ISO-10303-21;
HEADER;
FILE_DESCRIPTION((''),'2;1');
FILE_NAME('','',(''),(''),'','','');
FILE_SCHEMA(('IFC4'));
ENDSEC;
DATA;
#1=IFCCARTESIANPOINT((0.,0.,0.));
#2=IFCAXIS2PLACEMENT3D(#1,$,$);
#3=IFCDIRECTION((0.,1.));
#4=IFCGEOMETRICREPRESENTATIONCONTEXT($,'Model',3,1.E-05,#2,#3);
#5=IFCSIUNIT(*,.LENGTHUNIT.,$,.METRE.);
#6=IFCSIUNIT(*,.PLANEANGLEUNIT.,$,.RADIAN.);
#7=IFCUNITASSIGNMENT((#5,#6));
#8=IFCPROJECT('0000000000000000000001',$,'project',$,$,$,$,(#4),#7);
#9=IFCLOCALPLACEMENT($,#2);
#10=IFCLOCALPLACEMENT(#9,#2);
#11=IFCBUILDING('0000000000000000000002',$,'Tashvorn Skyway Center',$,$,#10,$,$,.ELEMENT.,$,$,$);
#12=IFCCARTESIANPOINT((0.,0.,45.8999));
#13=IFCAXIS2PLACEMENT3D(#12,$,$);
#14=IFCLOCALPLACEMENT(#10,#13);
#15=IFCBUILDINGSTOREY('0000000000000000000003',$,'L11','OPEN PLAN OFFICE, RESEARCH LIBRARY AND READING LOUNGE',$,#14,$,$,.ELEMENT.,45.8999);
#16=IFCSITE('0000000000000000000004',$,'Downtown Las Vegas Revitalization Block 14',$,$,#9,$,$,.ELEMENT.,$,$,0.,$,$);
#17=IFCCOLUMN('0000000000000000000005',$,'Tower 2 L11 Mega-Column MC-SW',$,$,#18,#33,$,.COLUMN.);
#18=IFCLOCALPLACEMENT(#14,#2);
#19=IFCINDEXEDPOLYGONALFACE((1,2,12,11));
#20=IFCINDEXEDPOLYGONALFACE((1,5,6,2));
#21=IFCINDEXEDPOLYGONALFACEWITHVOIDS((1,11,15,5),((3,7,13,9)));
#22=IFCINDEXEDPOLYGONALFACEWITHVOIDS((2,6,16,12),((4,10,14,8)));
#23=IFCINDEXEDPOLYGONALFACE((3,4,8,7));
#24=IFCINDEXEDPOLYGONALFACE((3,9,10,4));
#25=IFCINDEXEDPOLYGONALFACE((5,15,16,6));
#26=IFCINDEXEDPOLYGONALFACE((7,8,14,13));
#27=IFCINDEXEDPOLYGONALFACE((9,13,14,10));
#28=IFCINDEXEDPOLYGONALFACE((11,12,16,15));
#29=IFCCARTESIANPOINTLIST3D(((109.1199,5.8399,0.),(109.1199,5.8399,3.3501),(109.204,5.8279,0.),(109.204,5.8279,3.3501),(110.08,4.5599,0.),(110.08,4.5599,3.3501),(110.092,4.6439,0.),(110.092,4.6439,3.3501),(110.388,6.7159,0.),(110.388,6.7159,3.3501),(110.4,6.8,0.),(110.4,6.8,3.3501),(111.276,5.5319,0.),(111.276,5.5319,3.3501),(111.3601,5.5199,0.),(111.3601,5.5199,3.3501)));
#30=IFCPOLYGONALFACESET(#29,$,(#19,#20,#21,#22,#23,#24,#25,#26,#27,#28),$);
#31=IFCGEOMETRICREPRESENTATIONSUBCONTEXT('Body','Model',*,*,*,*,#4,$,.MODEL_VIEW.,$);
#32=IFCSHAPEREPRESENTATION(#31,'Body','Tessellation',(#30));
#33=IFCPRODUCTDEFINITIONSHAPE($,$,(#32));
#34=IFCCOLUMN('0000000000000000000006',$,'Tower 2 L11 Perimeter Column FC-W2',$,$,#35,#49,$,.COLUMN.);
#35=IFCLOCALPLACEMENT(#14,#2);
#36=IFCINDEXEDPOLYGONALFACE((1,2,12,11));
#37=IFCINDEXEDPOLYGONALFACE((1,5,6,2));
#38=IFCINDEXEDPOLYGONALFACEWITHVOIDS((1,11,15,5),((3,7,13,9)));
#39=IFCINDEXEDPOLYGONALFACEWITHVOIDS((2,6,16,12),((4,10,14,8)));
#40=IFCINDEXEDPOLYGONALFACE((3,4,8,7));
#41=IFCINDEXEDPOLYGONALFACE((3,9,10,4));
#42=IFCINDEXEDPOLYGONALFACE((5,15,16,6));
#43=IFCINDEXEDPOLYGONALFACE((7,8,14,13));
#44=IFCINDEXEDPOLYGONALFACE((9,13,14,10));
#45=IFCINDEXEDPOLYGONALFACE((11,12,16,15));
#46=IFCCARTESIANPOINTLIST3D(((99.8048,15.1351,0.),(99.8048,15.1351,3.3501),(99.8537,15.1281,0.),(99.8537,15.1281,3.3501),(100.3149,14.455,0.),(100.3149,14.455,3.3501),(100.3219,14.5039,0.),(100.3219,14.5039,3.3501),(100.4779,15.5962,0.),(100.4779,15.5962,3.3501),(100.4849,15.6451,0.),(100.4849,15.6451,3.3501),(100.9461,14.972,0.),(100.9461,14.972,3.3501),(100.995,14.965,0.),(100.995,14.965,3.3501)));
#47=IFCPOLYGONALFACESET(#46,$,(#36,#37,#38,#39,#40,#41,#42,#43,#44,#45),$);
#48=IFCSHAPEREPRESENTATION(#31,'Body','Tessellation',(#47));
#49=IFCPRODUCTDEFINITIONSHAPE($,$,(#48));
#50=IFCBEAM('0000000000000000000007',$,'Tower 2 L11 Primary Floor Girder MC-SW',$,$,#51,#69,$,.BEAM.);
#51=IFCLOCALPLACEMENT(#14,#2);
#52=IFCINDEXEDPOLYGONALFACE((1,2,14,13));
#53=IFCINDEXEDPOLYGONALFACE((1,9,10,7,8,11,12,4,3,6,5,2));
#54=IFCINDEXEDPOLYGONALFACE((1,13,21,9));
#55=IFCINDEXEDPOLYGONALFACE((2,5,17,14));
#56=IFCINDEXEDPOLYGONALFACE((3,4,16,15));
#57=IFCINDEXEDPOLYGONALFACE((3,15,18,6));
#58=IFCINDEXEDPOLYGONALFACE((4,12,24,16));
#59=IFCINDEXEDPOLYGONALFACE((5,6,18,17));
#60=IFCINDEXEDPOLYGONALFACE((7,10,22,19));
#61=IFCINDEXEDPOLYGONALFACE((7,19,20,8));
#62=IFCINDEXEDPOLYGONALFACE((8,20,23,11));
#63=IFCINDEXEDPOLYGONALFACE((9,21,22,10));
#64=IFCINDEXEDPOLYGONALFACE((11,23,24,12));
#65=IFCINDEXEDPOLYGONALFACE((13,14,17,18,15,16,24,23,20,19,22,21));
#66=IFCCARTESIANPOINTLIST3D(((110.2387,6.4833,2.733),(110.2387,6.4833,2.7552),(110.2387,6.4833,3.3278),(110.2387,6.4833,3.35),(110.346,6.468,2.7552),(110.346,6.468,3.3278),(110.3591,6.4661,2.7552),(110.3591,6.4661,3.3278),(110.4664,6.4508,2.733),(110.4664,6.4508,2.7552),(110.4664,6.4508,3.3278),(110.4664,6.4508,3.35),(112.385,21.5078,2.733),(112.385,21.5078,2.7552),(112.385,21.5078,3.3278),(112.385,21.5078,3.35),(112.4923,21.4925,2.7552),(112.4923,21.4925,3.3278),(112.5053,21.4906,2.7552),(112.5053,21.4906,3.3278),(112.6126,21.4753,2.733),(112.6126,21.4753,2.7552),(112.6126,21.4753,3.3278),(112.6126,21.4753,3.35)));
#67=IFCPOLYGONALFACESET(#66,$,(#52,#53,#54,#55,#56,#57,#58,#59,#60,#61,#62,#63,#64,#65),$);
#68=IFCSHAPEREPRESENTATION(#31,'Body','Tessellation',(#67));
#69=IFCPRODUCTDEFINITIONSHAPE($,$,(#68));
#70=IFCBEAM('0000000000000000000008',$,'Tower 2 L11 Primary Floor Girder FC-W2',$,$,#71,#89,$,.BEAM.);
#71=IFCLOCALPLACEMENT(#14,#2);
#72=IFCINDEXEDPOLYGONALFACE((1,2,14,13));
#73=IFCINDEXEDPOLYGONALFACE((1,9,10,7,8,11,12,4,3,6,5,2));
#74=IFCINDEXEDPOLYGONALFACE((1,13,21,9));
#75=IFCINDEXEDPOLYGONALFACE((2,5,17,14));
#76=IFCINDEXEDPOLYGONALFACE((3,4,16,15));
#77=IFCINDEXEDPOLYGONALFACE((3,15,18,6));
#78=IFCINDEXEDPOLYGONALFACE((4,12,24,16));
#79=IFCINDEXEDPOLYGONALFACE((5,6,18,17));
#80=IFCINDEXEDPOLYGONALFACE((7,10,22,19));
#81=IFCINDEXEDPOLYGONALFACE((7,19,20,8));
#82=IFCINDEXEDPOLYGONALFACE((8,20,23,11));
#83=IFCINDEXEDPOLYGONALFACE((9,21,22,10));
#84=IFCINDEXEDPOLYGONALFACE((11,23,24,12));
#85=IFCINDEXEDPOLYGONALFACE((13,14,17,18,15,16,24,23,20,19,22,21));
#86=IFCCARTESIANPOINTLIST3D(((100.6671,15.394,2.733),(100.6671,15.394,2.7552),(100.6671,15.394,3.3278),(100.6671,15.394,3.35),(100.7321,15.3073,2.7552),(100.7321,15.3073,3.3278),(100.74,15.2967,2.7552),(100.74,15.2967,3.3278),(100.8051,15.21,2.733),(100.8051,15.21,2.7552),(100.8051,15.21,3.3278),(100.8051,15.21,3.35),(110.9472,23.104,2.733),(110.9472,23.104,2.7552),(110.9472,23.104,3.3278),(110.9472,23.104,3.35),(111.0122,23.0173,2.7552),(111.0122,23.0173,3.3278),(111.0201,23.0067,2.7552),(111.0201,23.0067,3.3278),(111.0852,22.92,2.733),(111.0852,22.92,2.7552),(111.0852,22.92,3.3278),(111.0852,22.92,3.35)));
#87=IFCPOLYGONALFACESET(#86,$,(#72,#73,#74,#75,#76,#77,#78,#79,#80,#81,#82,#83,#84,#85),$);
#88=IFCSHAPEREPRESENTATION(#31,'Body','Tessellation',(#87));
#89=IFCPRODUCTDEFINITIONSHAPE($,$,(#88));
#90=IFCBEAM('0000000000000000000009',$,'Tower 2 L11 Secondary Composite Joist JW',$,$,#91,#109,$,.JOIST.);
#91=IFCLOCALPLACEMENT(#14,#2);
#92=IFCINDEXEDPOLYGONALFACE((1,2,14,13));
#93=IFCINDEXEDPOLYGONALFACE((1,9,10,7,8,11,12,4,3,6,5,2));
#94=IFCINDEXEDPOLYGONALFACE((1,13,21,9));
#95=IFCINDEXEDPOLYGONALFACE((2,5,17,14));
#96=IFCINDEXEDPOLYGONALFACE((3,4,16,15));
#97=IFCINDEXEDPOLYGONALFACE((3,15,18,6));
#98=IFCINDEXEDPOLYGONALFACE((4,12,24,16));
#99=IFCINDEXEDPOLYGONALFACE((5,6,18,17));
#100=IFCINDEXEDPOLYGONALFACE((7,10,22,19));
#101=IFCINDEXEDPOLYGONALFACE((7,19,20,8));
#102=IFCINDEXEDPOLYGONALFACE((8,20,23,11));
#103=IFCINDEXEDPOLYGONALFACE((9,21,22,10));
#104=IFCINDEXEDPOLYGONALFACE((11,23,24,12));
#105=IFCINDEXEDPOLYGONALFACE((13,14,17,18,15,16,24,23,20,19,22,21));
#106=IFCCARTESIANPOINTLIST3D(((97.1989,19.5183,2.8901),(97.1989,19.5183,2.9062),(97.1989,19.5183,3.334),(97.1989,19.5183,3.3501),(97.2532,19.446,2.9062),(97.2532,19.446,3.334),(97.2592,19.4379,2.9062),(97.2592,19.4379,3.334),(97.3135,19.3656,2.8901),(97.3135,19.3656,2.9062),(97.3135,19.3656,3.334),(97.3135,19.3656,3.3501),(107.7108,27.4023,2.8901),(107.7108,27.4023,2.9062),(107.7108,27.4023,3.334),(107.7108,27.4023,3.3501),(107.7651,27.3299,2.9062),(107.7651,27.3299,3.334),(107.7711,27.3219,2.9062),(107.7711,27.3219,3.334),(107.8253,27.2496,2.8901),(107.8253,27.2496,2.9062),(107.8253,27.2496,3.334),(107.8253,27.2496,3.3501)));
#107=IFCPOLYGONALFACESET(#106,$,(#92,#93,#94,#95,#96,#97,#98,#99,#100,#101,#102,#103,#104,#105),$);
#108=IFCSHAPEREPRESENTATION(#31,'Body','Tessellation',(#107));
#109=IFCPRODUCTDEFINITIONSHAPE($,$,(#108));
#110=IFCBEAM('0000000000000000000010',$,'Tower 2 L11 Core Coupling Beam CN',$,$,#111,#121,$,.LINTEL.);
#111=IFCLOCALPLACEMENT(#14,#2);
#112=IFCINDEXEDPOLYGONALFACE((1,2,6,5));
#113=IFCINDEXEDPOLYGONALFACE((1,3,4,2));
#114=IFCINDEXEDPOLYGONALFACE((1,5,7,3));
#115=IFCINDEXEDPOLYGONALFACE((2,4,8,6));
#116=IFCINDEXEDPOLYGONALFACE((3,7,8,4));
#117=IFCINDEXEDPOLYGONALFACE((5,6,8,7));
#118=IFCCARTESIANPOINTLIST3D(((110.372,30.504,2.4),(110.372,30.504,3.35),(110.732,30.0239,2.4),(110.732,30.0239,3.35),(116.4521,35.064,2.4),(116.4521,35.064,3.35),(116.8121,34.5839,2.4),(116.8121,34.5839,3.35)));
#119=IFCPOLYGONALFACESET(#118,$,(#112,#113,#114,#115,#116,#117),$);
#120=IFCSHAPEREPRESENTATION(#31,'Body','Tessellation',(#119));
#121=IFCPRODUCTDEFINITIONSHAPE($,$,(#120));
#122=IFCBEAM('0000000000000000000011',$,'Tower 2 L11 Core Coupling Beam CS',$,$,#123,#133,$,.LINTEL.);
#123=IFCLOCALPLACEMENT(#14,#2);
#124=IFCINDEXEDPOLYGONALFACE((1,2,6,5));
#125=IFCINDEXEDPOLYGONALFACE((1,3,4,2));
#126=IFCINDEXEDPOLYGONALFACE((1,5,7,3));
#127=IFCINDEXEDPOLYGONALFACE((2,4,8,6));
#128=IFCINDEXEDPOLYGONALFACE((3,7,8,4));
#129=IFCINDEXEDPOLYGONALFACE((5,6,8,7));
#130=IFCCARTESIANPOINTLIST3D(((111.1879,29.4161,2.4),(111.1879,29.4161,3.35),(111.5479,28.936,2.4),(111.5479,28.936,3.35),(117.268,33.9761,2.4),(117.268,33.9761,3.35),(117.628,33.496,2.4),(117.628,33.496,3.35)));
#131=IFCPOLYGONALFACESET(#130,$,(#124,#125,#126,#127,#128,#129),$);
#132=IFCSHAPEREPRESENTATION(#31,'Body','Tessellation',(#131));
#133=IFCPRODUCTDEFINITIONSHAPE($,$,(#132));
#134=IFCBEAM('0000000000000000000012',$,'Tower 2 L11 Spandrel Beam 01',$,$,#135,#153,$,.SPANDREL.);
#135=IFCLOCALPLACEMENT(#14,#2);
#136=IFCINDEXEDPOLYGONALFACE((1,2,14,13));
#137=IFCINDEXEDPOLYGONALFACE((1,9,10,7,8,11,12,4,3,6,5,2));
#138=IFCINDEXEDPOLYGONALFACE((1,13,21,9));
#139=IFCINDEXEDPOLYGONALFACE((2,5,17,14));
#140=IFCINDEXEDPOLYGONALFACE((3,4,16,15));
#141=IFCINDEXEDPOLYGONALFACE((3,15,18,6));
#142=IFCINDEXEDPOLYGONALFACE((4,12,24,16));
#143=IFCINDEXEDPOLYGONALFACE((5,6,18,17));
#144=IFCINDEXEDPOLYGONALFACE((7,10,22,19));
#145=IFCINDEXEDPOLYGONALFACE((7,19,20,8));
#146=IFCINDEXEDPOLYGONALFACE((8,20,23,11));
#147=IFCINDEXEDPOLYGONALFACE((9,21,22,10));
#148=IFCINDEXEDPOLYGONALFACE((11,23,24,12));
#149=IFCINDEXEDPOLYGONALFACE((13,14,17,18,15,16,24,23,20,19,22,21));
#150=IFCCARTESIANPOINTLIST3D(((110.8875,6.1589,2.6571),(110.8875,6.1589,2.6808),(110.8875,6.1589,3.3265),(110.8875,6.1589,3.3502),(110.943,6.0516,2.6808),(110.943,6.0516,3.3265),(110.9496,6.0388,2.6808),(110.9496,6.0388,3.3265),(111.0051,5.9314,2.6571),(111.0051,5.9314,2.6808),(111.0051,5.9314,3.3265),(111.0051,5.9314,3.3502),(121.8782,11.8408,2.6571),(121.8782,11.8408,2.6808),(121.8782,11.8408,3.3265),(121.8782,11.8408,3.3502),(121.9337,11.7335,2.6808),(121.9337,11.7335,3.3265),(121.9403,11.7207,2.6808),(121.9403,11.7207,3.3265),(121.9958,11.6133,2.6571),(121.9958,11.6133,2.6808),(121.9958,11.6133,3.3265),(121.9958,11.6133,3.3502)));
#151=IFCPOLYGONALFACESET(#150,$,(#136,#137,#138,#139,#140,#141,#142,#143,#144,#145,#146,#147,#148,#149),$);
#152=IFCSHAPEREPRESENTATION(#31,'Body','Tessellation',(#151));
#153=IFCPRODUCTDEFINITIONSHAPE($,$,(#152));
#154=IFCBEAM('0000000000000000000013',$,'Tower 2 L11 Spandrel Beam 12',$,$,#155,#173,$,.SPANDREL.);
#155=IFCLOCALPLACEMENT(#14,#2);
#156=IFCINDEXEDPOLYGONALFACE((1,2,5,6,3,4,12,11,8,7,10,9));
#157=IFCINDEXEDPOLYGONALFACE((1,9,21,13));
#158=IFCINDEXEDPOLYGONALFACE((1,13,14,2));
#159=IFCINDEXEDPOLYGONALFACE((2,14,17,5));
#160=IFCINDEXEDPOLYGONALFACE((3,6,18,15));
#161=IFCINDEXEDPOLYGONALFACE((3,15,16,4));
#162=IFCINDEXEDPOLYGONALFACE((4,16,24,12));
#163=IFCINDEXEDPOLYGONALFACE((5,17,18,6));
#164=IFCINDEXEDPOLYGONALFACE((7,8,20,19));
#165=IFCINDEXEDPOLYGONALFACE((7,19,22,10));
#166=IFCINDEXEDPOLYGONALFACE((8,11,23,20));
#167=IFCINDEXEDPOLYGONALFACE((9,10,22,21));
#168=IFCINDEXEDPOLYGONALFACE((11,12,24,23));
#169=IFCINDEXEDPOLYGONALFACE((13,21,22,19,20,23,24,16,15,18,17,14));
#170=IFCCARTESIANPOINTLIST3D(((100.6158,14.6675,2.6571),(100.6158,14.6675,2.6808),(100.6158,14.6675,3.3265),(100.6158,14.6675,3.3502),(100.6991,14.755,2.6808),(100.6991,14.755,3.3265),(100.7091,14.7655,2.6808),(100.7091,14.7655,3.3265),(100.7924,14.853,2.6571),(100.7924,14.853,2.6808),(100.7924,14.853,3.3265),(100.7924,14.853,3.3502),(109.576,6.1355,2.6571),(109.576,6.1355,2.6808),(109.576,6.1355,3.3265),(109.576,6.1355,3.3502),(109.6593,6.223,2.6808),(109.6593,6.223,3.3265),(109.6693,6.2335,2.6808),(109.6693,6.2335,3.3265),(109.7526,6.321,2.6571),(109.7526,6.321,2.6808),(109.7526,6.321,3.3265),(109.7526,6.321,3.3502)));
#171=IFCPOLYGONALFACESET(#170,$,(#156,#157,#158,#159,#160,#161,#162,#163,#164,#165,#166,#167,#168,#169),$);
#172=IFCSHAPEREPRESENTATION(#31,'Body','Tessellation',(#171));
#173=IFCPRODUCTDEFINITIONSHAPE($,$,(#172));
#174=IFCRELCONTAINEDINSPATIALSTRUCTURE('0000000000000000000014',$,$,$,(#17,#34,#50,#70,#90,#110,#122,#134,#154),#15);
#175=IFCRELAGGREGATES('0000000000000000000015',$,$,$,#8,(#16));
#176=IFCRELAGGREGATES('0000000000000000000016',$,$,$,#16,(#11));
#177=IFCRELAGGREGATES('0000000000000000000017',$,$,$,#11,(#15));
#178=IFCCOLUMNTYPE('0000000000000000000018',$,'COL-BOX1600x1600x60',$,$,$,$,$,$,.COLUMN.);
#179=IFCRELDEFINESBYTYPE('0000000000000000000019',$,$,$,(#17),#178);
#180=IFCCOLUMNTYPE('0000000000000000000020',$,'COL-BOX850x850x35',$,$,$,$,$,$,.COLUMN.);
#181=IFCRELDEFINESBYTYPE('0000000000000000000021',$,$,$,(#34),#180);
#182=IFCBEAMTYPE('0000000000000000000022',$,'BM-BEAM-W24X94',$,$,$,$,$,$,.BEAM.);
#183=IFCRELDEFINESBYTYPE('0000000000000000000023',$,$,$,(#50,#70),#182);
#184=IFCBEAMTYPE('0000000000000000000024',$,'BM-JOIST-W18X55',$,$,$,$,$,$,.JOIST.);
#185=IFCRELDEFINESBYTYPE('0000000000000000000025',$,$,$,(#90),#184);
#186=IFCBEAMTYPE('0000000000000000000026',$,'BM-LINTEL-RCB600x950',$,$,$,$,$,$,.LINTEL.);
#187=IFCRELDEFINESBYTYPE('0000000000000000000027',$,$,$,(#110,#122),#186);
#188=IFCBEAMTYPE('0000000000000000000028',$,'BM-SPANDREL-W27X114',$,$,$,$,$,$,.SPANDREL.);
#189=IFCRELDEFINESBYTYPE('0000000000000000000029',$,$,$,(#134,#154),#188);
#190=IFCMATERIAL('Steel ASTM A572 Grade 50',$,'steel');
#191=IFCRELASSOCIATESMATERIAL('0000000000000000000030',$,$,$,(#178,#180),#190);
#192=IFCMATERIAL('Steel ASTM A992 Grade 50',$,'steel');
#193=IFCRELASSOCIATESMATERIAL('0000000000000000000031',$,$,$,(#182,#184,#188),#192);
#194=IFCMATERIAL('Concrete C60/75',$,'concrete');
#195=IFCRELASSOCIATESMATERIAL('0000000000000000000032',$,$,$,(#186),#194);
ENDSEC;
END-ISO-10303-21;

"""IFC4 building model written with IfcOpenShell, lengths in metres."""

from ifc_helpers import new_model, si_unit, direction, frame, origin, origin_2d, place, context, subcontext, project, spatial, rectangle, hollow_rectangle, i_section, extrude, material, material_profile, profile_set, type_object, element, save


model = new_model("IFC4")

# Units and contexts
model_context = context("Model", 3, precision=1e-05, world=origin(), true_north=direction((0.0, 1.0)))
body_context = subcontext(model_context, "Body", "Model", "MODEL_VIEW")
ifc_project = project(units=[si_unit("LENGTHUNIT", "METRE"), si_unit("PLANEANGLEUNIT", "RADIAN")], contexts=[model_context])

# Site, building, storey
site_placement = place(None, origin())
site = spatial("IfcSite", under=ifc_project, at=site_placement, Name="Downtown Las Vegas Revitalization Block 14", CompositionType="ELEMENT", RefElevation=0.0)
building_placement = place(site_placement, origin())
building = spatial("IfcBuilding", under=site, at=building_placement, Name="Tashvorn Skyway Center", CompositionType="ELEMENT")
storey_placement = place(building_placement, frame((0.0, 0.0, 45.8999)))
storey = spatial("IfcBuildingStorey", under=building, at=storey_placement, Name="L11", Description="OPEN PLAN OFFICE, RESEARCH LIBRARY AND READING LOUNGE", CompositionType="ELEMENT", Elevation=45.8999)

# Columns
ifc_material_1 = material(Name="Steel ASTM A572 Grade 50", Category="steel")
ifc_material_profile_1 = material_profile(ifc_material_1, hollow_rectangle(XDim=1.6001, YDim=1.6001, WallThickness=0.0601, at=origin_2d()), Name="BOX1600x1600x60")
ifc_profile_set_1 = profile_set([ifc_material_profile_1], Name="Steel ASTM A572 Grade 50")
column_type_1 = type_object("IfcColumnType", Name="COL-BOX1600x1600x60", PredefinedType="COLUMN", material=ifc_profile_set_1)
column_1_placement = place(storey_placement, frame((110.24, 5.6799, 0.0), z_axis=(0.0, 0.0, 1.0), x_axis=(0.8, 0.6, 0.0)))
element("IfcColumn", 1, at=column_1_placement, inside=storey, type_object=column_type_1, Name="Tower 2 L11 Mega-Column MC-SW", PredefinedType="COLUMN", context=body_context, shape_type="SweptSolid", body=[
    extrude(hollow_rectangle(XDim=1.6001, YDim=1.6001, WallThickness=0.0601, at=origin_2d()), origin(), (0.0, 0.0, 1.0), 3.3501),
])
ifc_material_profile_2 = material_profile(ifc_material_1, hollow_rectangle(XDim=0.8501, YDim=0.8501, WallThickness=0.0349, at=origin_2d()), Name="BOX850x850x35")
ifc_profile_set_2 = profile_set([ifc_material_profile_2], Name="Steel ASTM A572 Grade 50")
column_type_2 = type_object("IfcColumnType", Name="COL-BOX850x850x35", PredefinedType="COLUMN", material=ifc_profile_set_2)
column_2_placement = place(storey_placement, frame((100.3999, 15.05, 0.0), z_axis=(0.0, 0.0, 1.0), x_axis=(0.8, 0.6, 0.0)))
element("IfcColumn", 2, at=column_2_placement, inside=storey, type_object=column_type_2, Name="Tower 2 L11 Perimeter Column FC-W2", PredefinedType="COLUMN", context=body_context, shape_type="SweptSolid", body=[
    extrude(hollow_rectangle(XDim=0.8501, YDim=0.8501, WallThickness=0.0349, at=origin_2d()), origin(), (0.0, 0.0, 1.0), 3.3501),
])

# Beams
ifc_material_2 = material(Name="Steel ASTM A992 Grade 50", Category="steel")
ifc_material_profile_3 = material_profile(ifc_material_2, i_section(OverallWidth=0.23, OverallDepth=0.6169, WebThickness=0.0132, FlangeThickness=0.0222, at=origin_2d()), Name="W24X94")
ifc_profile_set_3 = profile_set([ifc_material_profile_3], Name="Steel ASTM A992 Grade 50")
beam_type_1 = type_object("IfcBeamType", Name="BM-BEAM-W24X94", PredefinedType="BEAM", material=ifc_profile_set_3)
beam_1_placement = place(storey_placement, frame((110.3525, 6.467, 3.0415), z_axis=(0.141415, 0.98995, 0.0), x_axis=(-0.98995, 0.141415, 0.0)))
element("IfcBeam", 3, at=beam_1_placement, inside=storey, type_object=beam_type_1, Name="Tower 2 L11 Primary Floor Girder MC-SW", PredefinedType="BEAM", context=body_context, shape_type="SweptSolid", body=[
    extrude(i_section(OverallWidth=0.23, OverallDepth=0.6169, WebThickness=0.0132, FlangeThickness=0.0222, at=origin_2d()), origin(), (0.0, 0.0, 1.0), 15.177),
])
beam_2_placement = place(storey_placement, frame((100.7361, 15.302, 3.0415), z_axis=(0.800002, 0.599997, 0.0), x_axis=(-0.599997, 0.800002, 0.0)))
element("IfcBeam", 4, at=beam_2_placement, inside=storey, type_object=beam_type_1, Name="Tower 2 L11 Primary Floor Girder FC-W2", PredefinedType="BEAM", context=body_context, shape_type="SweptSolid", body=[
    extrude(i_section(OverallWidth=0.23, OverallDepth=0.6169, WebThickness=0.0132, FlangeThickness=0.0222, at=origin_2d()), origin(), (0.0, 0.0, 1.0), 12.8501),
])
ifc_material_profile_4 = material_profile(ifc_material_2, i_section(OverallWidth=0.1909, OverallDepth=0.46, WebThickness=0.01, FlangeThickness=0.0161, at=origin_2d()), Name="W18X55")
ifc_profile_set_4 = profile_set([ifc_material_profile_4], Name="Steel ASTM A992 Grade 50")
beam_type_2 = type_object("IfcBeamType", Name="BM-JOIST-W18X55", PredefinedType="JOIST", material=ifc_profile_set_4)
beam_3_placement = place(storey_placement, frame((107.7681, 27.3259, 3.1201), z_axis=(-0.799998, -0.600003, 0.0), x_axis=(0.600003, -0.799998, 0.0)))
element("IfcBeam", 5, at=beam_3_placement, inside=storey, type_object=beam_type_2, Name="Tower 2 L11 Secondary Composite Joist JW", PredefinedType="JOIST", context=body_context, shape_type="SweptSolid", body=[
    extrude(i_section(OverallWidth=0.1909, OverallDepth=0.46, WebThickness=0.01, FlangeThickness=0.0161, at=origin_2d()), origin(), (0.0, 0.0, 1.0), 13.1399),
])
ifc_material_3 = material(Name="Concrete C60/75", Category="concrete")
ifc_material_profile_5 = material_profile(ifc_material_3, rectangle(XDim=0.6001, YDim=0.95, at=origin_2d()), Name="RCB600x950")
ifc_profile_set_5 = profile_set([ifc_material_profile_5], Name="Concrete C60/75")
beam_type_3 = type_object("IfcBeamType", Name="BM-LINTEL-RCB600x950", PredefinedType="LINTEL", material=ifc_profile_set_5)
for number, where, z_axis, x_axis, name in (
    (6, (110.552, 30.2639, 2.875), (0.8, 0.6, 0.0), (-0.6, 0.8, 0.0), "Tower 2 L11 Core Coupling Beam CN"),
    (7, (111.3679, 29.176, 2.875), (0.8, 0.6, 0.0), (-0.6, 0.8, 0.0), "Tower 2 L11 Core Coupling Beam CS"),
):
    element("IfcBeam", number, at=place(storey_placement, frame(where, z_axis=z_axis, x_axis=x_axis)), inside=storey, type_object=beam_type_3, Name=name, PredefinedType="LINTEL", context=body_context, shape_type="SweptSolid", body=[
        extrude(rectangle(XDim=0.6001, YDim=0.95, at=origin_2d()), origin(), (0.0, 0.0, 1.0), 7.6001),
    ])
ifc_material_profile_6 = material_profile(ifc_material_2, i_section(OverallWidth=0.2561, OverallDepth=0.6931, WebThickness=0.0144, FlangeThickness=0.0237, at=origin_2d()), Name="W27X114")
ifc_profile_set_6 = profile_set([ifc_material_profile_6], Name="Steel ASTM A992 Grade 50")
beam_type_4 = type_object("IfcBeamType", Name="BM-SPANDREL-W27X114", PredefinedType="SPANDREL", material=ifc_profile_set_6)
for number, where, z_axis, x_axis, name in (
    (8, (110.9463, 6.0452, 3.0037), (0.888316, 0.459233, 0.0), (-0.459233, 0.888316, 0.0), "Tower 2 L11 Spandrel Beam 01"),
    (9, (100.7041, 14.7603, 3.0037), (0.7242, -0.68959, 0.0), (0.68959, 0.7242, 0.0), "Tower 2 L11 Spandrel Beam 12"),
):
    element("IfcBeam", number, at=place(storey_placement, frame(where, z_axis=z_axis, x_axis=x_axis)), inside=storey, type_object=beam_type_4, Name=name, PredefinedType="SPANDREL", context=body_context, shape_type="SweptSolid", body=[
        extrude(i_section(OverallWidth=0.2561, OverallDepth=0.6931, WebThickness=0.0144, FlangeThickness=0.0237, at=origin_2d()), origin(), (0.0, 0.0, 1.0), 12.3726),
    ])

save(model, "model.ifc")
